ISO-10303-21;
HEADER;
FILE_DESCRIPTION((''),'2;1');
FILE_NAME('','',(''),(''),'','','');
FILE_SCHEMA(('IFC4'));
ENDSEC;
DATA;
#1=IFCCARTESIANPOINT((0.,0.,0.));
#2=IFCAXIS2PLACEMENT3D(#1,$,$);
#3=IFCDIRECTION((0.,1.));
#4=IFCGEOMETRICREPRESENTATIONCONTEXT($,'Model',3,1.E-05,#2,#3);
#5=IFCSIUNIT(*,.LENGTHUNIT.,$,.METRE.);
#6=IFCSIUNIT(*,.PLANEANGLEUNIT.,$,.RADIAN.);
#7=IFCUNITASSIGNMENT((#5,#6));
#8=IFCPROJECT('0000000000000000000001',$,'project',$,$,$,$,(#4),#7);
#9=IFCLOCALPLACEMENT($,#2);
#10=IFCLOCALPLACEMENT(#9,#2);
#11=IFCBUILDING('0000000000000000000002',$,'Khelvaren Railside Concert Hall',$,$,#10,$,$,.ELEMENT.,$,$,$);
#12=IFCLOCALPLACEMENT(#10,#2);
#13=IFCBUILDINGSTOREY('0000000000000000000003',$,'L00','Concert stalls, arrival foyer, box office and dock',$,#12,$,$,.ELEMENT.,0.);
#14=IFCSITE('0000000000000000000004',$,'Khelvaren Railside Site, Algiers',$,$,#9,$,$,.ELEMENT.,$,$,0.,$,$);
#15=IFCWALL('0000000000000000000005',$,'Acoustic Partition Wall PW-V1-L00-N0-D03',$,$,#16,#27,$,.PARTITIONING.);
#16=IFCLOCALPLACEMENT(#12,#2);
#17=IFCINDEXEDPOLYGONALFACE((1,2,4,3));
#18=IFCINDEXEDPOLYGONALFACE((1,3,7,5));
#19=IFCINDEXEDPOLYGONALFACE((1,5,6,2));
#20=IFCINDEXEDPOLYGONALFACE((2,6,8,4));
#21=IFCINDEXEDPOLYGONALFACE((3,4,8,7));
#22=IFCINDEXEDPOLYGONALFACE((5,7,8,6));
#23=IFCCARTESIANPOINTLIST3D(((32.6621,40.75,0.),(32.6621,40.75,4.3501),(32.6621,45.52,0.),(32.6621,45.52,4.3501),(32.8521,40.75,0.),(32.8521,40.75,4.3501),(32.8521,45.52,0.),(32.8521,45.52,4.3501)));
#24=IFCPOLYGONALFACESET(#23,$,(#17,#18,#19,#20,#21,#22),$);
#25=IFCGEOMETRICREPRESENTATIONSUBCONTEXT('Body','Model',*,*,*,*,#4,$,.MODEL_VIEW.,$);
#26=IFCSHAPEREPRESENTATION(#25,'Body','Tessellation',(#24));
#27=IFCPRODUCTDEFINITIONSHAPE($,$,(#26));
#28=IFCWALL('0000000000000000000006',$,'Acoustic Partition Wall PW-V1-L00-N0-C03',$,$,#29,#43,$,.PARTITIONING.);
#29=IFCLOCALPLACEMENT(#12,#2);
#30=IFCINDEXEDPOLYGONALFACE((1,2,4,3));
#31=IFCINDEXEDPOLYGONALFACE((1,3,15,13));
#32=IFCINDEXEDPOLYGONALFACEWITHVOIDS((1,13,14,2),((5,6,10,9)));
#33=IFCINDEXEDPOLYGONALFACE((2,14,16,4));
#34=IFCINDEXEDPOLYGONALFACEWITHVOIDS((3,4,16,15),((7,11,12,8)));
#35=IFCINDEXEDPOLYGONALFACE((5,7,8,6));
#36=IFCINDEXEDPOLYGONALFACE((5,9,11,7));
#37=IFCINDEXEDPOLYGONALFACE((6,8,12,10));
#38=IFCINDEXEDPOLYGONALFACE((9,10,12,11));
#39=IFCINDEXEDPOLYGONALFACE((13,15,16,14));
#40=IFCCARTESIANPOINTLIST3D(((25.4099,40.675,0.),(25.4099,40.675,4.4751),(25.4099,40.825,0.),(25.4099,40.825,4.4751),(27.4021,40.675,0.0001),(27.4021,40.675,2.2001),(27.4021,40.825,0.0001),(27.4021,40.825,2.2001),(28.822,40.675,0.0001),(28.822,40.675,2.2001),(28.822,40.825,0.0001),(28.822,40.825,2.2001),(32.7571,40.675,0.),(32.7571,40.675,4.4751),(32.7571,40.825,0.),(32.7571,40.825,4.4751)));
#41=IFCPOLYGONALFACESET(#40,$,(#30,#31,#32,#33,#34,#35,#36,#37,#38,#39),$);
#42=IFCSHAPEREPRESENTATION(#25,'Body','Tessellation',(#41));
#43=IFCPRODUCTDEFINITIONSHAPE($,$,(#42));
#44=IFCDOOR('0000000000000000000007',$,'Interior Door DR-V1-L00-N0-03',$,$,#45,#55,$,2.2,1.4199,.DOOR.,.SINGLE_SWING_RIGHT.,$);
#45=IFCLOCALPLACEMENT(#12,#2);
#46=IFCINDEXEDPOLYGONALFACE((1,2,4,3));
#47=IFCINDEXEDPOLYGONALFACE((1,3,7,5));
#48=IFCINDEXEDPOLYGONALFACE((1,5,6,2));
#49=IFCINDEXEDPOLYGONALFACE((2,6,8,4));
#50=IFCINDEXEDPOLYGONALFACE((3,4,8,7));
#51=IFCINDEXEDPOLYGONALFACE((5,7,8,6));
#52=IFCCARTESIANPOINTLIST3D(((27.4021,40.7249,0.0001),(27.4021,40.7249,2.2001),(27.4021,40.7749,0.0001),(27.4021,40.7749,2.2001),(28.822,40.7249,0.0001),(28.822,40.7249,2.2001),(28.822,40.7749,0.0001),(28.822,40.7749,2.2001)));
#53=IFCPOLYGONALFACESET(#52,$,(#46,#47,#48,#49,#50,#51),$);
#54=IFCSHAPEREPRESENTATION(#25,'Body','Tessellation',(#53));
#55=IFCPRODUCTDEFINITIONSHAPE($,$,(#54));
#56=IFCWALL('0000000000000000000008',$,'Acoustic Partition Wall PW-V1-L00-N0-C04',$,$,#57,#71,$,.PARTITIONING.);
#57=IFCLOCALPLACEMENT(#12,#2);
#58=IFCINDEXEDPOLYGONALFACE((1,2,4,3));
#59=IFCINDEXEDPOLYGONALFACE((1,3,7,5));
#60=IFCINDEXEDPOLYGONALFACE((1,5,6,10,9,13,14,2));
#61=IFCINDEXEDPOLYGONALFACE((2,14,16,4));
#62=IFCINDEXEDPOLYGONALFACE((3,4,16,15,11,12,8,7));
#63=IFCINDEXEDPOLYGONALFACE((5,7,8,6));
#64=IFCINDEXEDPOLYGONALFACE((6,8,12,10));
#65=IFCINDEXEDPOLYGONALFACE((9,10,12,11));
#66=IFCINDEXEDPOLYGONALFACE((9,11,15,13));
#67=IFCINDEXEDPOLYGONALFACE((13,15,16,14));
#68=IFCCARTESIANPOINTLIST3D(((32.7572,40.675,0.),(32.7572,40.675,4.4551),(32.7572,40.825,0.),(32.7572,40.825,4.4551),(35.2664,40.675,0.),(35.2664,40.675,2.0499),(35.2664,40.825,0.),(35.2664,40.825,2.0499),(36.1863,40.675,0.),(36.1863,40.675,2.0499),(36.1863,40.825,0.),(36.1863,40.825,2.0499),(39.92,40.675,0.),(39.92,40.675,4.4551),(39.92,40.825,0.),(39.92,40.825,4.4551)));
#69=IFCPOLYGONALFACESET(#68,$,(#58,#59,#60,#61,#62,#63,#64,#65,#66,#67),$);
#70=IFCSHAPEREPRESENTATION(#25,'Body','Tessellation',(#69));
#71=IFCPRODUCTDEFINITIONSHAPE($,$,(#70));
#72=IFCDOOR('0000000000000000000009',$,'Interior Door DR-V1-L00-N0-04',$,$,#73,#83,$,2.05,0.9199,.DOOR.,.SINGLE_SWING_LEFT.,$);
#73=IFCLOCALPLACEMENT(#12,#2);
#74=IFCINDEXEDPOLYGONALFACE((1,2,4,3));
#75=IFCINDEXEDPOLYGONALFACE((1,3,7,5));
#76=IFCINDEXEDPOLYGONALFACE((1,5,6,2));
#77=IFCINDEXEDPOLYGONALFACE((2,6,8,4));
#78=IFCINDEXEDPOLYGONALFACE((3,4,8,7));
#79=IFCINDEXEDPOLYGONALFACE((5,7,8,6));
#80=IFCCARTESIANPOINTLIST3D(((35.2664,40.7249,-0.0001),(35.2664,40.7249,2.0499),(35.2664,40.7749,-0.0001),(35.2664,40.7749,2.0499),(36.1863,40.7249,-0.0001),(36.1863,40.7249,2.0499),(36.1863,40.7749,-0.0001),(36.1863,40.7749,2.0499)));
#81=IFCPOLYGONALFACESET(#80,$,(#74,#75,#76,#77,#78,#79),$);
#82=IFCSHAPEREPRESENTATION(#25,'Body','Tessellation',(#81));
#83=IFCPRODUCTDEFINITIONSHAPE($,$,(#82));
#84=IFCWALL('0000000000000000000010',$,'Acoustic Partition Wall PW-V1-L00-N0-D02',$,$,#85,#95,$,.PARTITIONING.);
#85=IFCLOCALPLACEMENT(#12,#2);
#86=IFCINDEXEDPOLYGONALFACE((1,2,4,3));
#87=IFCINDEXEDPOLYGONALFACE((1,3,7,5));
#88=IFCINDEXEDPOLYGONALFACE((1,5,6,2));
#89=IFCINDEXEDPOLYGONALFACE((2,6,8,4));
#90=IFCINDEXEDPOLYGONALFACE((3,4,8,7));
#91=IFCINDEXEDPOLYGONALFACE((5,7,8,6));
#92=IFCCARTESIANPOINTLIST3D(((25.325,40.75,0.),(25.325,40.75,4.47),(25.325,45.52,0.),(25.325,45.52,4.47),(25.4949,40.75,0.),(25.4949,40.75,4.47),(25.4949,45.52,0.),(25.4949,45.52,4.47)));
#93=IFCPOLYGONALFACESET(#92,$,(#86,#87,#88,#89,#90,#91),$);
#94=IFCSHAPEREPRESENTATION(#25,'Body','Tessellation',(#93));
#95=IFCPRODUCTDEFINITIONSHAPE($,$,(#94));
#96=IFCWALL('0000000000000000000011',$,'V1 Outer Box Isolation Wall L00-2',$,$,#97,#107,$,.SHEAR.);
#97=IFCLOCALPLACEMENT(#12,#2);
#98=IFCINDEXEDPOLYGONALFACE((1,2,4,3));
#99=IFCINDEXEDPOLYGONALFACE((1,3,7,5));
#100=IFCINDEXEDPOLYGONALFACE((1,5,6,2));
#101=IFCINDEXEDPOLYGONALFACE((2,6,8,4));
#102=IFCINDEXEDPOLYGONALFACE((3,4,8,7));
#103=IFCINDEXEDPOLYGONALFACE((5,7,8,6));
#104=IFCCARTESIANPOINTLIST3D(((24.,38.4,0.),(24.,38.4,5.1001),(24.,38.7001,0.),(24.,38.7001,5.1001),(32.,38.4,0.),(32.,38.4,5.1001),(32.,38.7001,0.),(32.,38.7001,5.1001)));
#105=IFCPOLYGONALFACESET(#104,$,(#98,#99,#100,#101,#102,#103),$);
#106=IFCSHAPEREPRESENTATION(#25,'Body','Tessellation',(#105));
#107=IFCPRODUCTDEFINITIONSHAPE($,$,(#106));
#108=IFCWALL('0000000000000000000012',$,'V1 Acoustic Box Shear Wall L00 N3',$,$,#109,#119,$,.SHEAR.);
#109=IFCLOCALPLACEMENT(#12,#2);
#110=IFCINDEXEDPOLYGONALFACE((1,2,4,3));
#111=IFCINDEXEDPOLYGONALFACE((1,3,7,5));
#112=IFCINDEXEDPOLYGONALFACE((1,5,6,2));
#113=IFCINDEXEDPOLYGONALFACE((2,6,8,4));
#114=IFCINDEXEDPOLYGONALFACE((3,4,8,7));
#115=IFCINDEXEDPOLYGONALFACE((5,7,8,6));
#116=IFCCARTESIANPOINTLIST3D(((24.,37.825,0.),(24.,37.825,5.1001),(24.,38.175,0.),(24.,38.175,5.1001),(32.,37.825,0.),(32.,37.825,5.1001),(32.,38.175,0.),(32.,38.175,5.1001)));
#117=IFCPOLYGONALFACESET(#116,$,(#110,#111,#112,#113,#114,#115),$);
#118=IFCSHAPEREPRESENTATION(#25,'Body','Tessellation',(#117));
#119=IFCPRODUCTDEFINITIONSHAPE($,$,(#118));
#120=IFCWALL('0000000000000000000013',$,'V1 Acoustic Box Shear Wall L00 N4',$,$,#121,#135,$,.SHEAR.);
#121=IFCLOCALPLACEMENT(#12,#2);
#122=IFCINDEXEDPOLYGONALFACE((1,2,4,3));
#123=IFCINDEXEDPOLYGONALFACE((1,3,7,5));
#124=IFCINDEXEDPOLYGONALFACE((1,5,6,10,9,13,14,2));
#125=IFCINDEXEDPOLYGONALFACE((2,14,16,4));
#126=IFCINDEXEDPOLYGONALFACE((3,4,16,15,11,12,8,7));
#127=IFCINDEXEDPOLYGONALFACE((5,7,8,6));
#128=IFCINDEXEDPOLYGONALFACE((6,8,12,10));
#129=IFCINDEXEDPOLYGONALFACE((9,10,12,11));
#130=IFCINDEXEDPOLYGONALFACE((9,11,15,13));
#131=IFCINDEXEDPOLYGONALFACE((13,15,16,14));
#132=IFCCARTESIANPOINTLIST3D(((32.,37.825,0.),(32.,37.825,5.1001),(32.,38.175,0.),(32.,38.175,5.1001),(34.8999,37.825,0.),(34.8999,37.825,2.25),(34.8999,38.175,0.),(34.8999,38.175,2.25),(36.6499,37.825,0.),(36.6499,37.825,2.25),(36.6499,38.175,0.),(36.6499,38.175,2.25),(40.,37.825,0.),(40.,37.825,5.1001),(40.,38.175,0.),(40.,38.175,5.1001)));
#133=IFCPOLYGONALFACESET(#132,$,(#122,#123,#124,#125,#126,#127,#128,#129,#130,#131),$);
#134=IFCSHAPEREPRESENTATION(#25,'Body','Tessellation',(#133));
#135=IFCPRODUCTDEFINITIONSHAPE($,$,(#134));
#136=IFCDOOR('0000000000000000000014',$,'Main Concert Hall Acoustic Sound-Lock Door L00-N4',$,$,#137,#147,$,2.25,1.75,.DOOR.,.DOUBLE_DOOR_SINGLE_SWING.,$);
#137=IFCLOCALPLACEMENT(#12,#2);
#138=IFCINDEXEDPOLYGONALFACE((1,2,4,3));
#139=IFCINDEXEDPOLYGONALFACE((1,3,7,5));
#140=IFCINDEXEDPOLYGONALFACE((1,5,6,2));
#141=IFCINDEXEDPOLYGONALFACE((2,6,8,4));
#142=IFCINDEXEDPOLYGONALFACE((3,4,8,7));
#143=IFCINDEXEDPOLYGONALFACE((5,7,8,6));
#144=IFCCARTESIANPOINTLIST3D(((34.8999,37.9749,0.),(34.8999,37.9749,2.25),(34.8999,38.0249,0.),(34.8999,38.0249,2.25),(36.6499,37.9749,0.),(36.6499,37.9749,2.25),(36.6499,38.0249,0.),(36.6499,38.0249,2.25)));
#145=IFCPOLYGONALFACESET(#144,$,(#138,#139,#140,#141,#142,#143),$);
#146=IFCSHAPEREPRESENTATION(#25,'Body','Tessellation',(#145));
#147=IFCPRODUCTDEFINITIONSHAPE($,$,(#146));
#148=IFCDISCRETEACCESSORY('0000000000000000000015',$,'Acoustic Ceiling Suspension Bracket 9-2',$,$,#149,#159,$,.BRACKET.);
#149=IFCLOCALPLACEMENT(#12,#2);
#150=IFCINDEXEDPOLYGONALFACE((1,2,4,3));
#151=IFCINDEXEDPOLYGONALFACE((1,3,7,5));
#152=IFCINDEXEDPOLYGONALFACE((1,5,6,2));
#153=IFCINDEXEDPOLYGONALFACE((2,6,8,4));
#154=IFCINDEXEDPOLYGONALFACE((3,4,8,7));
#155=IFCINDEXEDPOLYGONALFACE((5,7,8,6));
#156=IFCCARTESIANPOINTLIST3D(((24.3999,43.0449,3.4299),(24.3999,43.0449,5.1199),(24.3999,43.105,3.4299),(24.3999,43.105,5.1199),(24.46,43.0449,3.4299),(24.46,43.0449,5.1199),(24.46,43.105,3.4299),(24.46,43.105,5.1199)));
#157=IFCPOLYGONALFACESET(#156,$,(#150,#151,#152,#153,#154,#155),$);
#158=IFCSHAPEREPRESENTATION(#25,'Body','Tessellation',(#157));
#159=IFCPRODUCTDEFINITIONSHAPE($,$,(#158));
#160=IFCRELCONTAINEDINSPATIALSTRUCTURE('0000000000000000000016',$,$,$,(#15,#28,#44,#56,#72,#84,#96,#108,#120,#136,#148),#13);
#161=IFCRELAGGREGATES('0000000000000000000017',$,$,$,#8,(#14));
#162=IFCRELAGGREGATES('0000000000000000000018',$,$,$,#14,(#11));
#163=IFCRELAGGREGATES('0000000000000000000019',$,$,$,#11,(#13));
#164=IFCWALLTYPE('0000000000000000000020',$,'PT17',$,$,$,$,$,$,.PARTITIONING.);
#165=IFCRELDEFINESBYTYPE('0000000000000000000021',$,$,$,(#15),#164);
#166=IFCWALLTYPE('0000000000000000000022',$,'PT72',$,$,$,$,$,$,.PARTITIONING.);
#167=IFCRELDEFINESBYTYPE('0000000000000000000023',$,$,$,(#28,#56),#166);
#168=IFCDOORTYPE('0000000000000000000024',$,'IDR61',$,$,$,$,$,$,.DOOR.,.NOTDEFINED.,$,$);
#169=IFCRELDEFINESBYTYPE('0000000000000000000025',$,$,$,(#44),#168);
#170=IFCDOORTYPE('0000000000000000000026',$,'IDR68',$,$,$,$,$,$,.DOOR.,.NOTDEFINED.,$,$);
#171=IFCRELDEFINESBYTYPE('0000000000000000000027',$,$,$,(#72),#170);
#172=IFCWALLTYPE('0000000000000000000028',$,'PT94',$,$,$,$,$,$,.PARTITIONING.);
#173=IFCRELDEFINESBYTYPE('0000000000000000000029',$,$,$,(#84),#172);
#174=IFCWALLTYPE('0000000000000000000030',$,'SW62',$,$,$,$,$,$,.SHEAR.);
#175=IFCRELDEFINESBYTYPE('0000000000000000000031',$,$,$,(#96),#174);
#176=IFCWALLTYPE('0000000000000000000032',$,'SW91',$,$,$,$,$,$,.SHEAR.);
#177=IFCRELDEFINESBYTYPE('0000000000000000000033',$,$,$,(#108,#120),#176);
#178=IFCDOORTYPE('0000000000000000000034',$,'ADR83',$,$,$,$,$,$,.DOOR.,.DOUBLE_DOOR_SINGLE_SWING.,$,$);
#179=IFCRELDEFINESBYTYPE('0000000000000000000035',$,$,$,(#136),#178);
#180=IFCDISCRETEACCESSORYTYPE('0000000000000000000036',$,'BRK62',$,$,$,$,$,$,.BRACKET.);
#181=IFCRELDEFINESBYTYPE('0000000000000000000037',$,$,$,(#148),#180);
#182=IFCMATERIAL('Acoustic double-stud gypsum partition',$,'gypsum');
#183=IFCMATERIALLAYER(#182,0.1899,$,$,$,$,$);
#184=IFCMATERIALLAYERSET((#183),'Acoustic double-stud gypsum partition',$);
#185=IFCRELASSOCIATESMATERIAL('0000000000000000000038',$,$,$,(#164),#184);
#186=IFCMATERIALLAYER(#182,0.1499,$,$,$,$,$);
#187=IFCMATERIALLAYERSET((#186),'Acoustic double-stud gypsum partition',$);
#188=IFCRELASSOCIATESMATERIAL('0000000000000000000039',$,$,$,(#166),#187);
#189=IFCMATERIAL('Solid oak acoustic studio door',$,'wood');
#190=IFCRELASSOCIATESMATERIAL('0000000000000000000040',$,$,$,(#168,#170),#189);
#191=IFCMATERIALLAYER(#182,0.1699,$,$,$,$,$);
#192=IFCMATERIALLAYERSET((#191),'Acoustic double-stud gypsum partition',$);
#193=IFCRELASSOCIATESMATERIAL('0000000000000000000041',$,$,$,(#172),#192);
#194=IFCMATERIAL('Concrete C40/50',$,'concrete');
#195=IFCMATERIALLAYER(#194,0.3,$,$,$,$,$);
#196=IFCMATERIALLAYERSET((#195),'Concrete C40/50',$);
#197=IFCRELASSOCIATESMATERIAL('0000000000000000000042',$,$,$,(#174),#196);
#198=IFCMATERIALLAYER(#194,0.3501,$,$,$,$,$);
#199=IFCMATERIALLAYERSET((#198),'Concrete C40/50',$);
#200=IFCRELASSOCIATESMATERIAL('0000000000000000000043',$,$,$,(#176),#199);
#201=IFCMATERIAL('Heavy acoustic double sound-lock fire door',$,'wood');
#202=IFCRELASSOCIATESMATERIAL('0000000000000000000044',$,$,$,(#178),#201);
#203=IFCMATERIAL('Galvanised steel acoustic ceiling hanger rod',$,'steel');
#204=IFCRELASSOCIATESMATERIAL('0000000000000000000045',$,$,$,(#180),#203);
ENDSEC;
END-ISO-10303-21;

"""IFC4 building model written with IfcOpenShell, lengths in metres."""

from ifc_helpers import new_model, si_unit, direction, frame, frame_2d, origin, origin_2d, place, context, subcontext, project, spatial, rectangle, extrude, material, layer, layer_set, type_object, element, fill, save


model = new_model("IFC4")

# Units and contexts
model_context = context("Model", 3, precision=1e-05, world=origin(), true_north=direction((0.0, 1.0)))
body_context = subcontext(model_context, "Body", "Model", "MODEL_VIEW")
ifc_project = project(units=[si_unit("LENGTHUNIT", "METRE"), si_unit("PLANEANGLEUNIT", "RADIAN")], contexts=[model_context])

# Site, building, storey
site_placement = place(None, origin())
site = spatial("IfcSite", under=ifc_project, at=site_placement, Name="Khelvaren Railside Site, Algiers", CompositionType="ELEMENT", RefElevation=0.0)
building_placement = place(site_placement, origin())
building = spatial("IfcBuilding", under=site, at=building_placement, Name="Khelvaren Railside Concert Hall", CompositionType="ELEMENT")
storey_placement = place(building_placement, origin())
storey = spatial("IfcBuildingStorey", under=building, at=storey_placement, Name="L00", Description="Concert stalls, arrival foyer, box office and dock", CompositionType="ELEMENT", Elevation=0.0)

# Shared definitions
ifc_material_1 = material(Name="Concrete C40/50", Category="concrete")

# Wall
ifc_material_2 = material(Name="Acoustic double-stud gypsum partition", Category="gypsum")
ifc_layer_1 = layer(ifc_material_2, 0.1899)
ifc_layer_set_1 = layer_set([ifc_layer_1], Name="Acoustic double-stud gypsum partition")
wall_type_1 = type_object("IfcWallType", Name="PT17", PredefinedType="PARTITIONING", material=ifc_layer_set_1)
wall_1_placement = place(storey_placement, frame((32.7571, 40.75, 0.0), z_axis=(0.0, 0.0, 1.0), x_axis=(0.0, 1.0, 0.0)))
element("IfcWall", 1, at=wall_1_placement, inside=storey, type_object=wall_type_1, Name="Acoustic Partition Wall PW-V1-L00-N0-D03", PredefinedType="PARTITIONING", context=body_context, shape_type="SweptSolid", body=[
    extrude(rectangle(XDim=4.77, YDim=0.1899, at=frame_2d((2.385, 0.0))), origin(), (0.0, 0.0, 1.0), 4.3501),
])

# Walls, openings, doors
ifc_layer_2 = layer(ifc_material_2, 0.1499)
ifc_layer_set_2 = layer_set([ifc_layer_2], Name="Acoustic double-stud gypsum partition")
wall_type_2 = type_object("IfcWallType", Name="PT72", PredefinedType="PARTITIONING", material=ifc_layer_set_2)
wall_2_placement = place(storey_placement, frame((25.4099, 40.75, 0.0), z_axis=(0.0, 0.0, 1.0), x_axis=(1.0, 0.0, 0.0)))
wall_2 = element("IfcWall", 2, at=wall_2_placement, inside=storey, type_object=wall_type_2, Name="Acoustic Partition Wall PW-V1-L00-N0-C03", PredefinedType="PARTITIONING", context=body_context, shape_type="SweptSolid", body=[
    extrude(rectangle(XDim=7.3472, YDim=0.1499, at=frame_2d((3.6736, 0.0))), origin(), (0.0, 0.0, 1.0), 4.4751),
])
opening_1_placement = place(wall_2_placement, frame((1.9922, 0.0, 0.0)))
opening_1 = element("IfcOpeningElement", 3, at=opening_1_placement, cuts=wall_2, PredefinedType="OPENING", context=body_context, shape_type="SweptSolid", body=[
    extrude(rectangle(XDim=1.4199, YDim=2.2, at=frame_2d((0.71, 1.1001))), frame((0.0, 0.085, 0.0), z_axis=(0.0, -1.0, 0.0), x_axis=(1.0, 0.0, 0.0)), (0.0, 0.0, 1.0), 0.1699),
])
ifc_material_3 = material(Name="Solid oak acoustic studio door", Category="wood")
door_type_1 = type_object("IfcDoorType", Name="IDR61", OperationType="NOTDEFINED", PredefinedType="DOOR", material=ifc_material_3)
door_1_placement = place(opening_1_placement, origin())
door_1 = element("IfcDoor", 4, at=door_1_placement, inside=storey, type_object=door_type_1, Name="Interior Door DR-V1-L00-N0-03", OperationType="SINGLE_SWING_RIGHT", OverallHeight=2.2, OverallWidth=1.4199, PredefinedType="DOOR", context=body_context, shape_type="SweptSolid", body=[
    extrude(rectangle(XDim=1.4199, YDim=2.2, at=frame_2d((0.71, 1.1001))), frame((0.0, 0.0249, 0.0), z_axis=(0.0, -1.0, 0.0), x_axis=(1.0, 0.0, 0.0)), (0.0, 0.0, 1.0), 0.05),
])
fill(opening_1, door_1)
wall_3_placement = place(storey_placement, frame((32.7571, 40.75, 0.0), z_axis=(0.0, 0.0, 1.0), x_axis=(1.0, 0.0, 0.0)))
wall_3 = element("IfcWall", 5, at=wall_3_placement, inside=storey, type_object=wall_type_2, Name="Acoustic Partition Wall PW-V1-L00-N0-C04", PredefinedType="PARTITIONING", context=body_context, shape_type="SweptSolid", body=[
    extrude(rectangle(XDim=7.1628, YDim=0.1499, at=frame_2d((3.5815, 0.0))), origin(), (0.0, 0.0, 1.0), 4.4551),
])
opening_2_placement = place(wall_3_placement, frame((2.5093, 0.0, 0.0)))
opening_2 = element("IfcOpeningElement", 6, at=opening_2_placement, cuts=wall_3, PredefinedType="OPENING", context=body_context, shape_type="SweptSolid", body=[
    extrude(rectangle(XDim=0.9199, YDim=2.05, at=frame_2d((0.46, 1.0249))), frame((0.0, 0.085, 0.0), z_axis=(0.0, -1.0, 0.0), x_axis=(1.0, 0.0, 0.0)), (0.0, 0.0, 1.0), 0.1699),
])
door_type_2 = type_object("IfcDoorType", Name="IDR68", OperationType="NOTDEFINED", PredefinedType="DOOR", material=ifc_material_3)
door_2_placement = place(opening_2_placement, origin())
door_2 = element("IfcDoor", 7, at=door_2_placement, inside=storey, type_object=door_type_2, Name="Interior Door DR-V1-L00-N0-04", OperationType="SINGLE_SWING_LEFT", OverallHeight=2.05, OverallWidth=0.9199, PredefinedType="DOOR", context=body_context, shape_type="SweptSolid", body=[
    extrude(rectangle(XDim=0.9199, YDim=2.05, at=frame_2d((0.46, 1.0249))), frame((0.0, 0.0249, 0.0), z_axis=(0.0, -1.0, 0.0), x_axis=(1.0, 0.0, 0.0)), (0.0, 0.0, 1.0), 0.05),
])
fill(opening_2, door_2)

# Walls
ifc_layer_3 = layer(ifc_material_2, 0.1699)
ifc_layer_set_3 = layer_set([ifc_layer_3], Name="Acoustic double-stud gypsum partition")
wall_type_3 = type_object("IfcWallType", Name="PT94", PredefinedType="PARTITIONING", material=ifc_layer_set_3)
wall_4_placement = place(storey_placement, frame((25.4099, 40.75, 0.0), z_axis=(0.0, 0.0, 1.0), x_axis=(0.0, 1.0, 0.0)))
element("IfcWall", 8, at=wall_4_placement, inside=storey, type_object=wall_type_3, Name="Acoustic Partition Wall PW-V1-L00-N0-D02", PredefinedType="PARTITIONING", context=body_context, shape_type="SweptSolid", body=[
    extrude(rectangle(XDim=4.77, YDim=0.1699, at=frame_2d((2.385, 0.0))), origin(), (0.0, 0.0, 1.0), 4.47),
])
ifc_layer_4 = layer(ifc_material_1, 0.3)
ifc_layer_set_4 = layer_set([ifc_layer_4], Name="Concrete C40/50")
wall_type_4 = type_object("IfcWallType", Name="SW62", PredefinedType="SHEAR", material=ifc_layer_set_4)
wall_5_placement = place(storey_placement, frame((24.0, 38.55, 0.0), z_axis=(0.0, 0.0, 1.0), x_axis=(1.0, 0.0, 0.0)))
element("IfcWall", 9, at=wall_5_placement, inside=storey, type_object=wall_type_4, Name="V1 Outer Box Isolation Wall L00-2", PredefinedType="SHEAR", context=body_context, shape_type="SweptSolid", body=[
    extrude(rectangle(XDim=8.0, YDim=0.3, at=frame_2d((4.0, 0.0))), origin(), (0.0, 0.0, 1.0), 5.1001),
])
ifc_layer_5 = layer(ifc_material_1, 0.3501)
ifc_layer_set_5 = layer_set([ifc_layer_5], Name="Concrete C40/50")
wall_type_5 = type_object("IfcWallType", Name="SW91", PredefinedType="SHEAR", material=ifc_layer_set_5)
wall_6_placement = place(storey_placement, frame((24.0, 38.0, 0.0), z_axis=(0.0, 0.0, 1.0), x_axis=(1.0, 0.0, 0.0)))
element("IfcWall", 10, at=wall_6_placement, inside=storey, type_object=wall_type_5, Name="V1 Acoustic Box Shear Wall L00 N3", PredefinedType="SHEAR", context=body_context, shape_type="SweptSolid", body=[
    extrude(rectangle(XDim=8.0, YDim=0.3501, at=frame_2d((4.0, 0.0))), origin(), (0.0, 0.0, 1.0), 5.1001),
])

# Wall, opening, door
wall_7_placement = place(storey_placement, frame((32.0, 38.0, 0.0), z_axis=(0.0, 0.0, 1.0), x_axis=(1.0, 0.0, 0.0)))
wall_7 = element("IfcWall", 11, at=wall_7_placement, inside=storey, type_object=wall_type_5, Name="V1 Acoustic Box Shear Wall L00 N4", PredefinedType="SHEAR", context=body_context, shape_type="SweptSolid", body=[
    extrude(rectangle(XDim=8.0, YDim=0.3501, at=frame_2d((4.0, 0.0))), origin(), (0.0, 0.0, 1.0), 5.1001),
])
opening_3_placement = place(wall_7_placement, frame((2.8999, 0.0, 0.0)))
opening_3 = element("IfcOpeningElement", 12, at=opening_3_placement, cuts=wall_7, PredefinedType="OPENING", context=body_context, shape_type="SweptSolid", body=[
    extrude(rectangle(XDim=1.75, YDim=2.25, at=frame_2d((0.875, 1.125))), frame((0.0, 0.1851, 0.0), z_axis=(0.0, -1.0, 0.0), x_axis=(1.0, 0.0, 0.0)), (0.0, 0.0, 1.0), 0.3701),
])
ifc_material_4 = material(Name="Heavy acoustic double sound-lock fire door", Category="wood")
door_type_3 = type_object("IfcDoorType", Name="ADR83", OperationType="DOUBLE_DOOR_SINGLE_SWING", PredefinedType="DOOR", material=ifc_material_4)
door_3_placement = place(opening_3_placement, origin())
door_3 = element("IfcDoor", 13, at=door_3_placement, inside=storey, type_object=door_type_3, Name="Main Concert Hall Acoustic Sound-Lock Door L00-N4", OperationType="DOUBLE_DOOR_SINGLE_SWING", OverallHeight=2.25, OverallWidth=1.75, PredefinedType="DOOR", context=body_context, shape_type="SweptSolid", body=[
    extrude(rectangle(XDim=1.75, YDim=2.25, at=frame_2d((0.875, 1.125))), frame((0.0, 0.0249, 0.0), z_axis=(0.0, -1.0, 0.0), x_axis=(1.0, 0.0, 0.0)), (0.0, 0.0, 1.0), 0.05),
])
fill(opening_3, door_3)

# Discrete accessory
ifc_material_5 = material(Name="Galvanised steel acoustic ceiling hanger rod", Category="steel")
discrete_accessory_type = type_object("IfcDiscreteAccessoryType", Name="BRK62", PredefinedType="BRACKET", material=ifc_material_5)
discrete_accessory_placement = place(storey_placement, frame((24.4299, 43.075, 3.4299), z_axis=(0.0, 0.0, 1.0), x_axis=(1.0, 0.0, 0.0)))
element("IfcDiscreteAccessory", 14, at=discrete_accessory_placement, inside=storey, type_object=discrete_accessory_type, Name="Acoustic Ceiling Suspension Bracket 9-2", PredefinedType="BRACKET", context=body_context, shape_type="SweptSolid", body=[
    extrude(rectangle(XDim=0.0601, YDim=0.0601, at=origin_2d()), origin(), (0.0, 0.0, 1.0), 1.6899),
])

save(model, "model.ifc")
